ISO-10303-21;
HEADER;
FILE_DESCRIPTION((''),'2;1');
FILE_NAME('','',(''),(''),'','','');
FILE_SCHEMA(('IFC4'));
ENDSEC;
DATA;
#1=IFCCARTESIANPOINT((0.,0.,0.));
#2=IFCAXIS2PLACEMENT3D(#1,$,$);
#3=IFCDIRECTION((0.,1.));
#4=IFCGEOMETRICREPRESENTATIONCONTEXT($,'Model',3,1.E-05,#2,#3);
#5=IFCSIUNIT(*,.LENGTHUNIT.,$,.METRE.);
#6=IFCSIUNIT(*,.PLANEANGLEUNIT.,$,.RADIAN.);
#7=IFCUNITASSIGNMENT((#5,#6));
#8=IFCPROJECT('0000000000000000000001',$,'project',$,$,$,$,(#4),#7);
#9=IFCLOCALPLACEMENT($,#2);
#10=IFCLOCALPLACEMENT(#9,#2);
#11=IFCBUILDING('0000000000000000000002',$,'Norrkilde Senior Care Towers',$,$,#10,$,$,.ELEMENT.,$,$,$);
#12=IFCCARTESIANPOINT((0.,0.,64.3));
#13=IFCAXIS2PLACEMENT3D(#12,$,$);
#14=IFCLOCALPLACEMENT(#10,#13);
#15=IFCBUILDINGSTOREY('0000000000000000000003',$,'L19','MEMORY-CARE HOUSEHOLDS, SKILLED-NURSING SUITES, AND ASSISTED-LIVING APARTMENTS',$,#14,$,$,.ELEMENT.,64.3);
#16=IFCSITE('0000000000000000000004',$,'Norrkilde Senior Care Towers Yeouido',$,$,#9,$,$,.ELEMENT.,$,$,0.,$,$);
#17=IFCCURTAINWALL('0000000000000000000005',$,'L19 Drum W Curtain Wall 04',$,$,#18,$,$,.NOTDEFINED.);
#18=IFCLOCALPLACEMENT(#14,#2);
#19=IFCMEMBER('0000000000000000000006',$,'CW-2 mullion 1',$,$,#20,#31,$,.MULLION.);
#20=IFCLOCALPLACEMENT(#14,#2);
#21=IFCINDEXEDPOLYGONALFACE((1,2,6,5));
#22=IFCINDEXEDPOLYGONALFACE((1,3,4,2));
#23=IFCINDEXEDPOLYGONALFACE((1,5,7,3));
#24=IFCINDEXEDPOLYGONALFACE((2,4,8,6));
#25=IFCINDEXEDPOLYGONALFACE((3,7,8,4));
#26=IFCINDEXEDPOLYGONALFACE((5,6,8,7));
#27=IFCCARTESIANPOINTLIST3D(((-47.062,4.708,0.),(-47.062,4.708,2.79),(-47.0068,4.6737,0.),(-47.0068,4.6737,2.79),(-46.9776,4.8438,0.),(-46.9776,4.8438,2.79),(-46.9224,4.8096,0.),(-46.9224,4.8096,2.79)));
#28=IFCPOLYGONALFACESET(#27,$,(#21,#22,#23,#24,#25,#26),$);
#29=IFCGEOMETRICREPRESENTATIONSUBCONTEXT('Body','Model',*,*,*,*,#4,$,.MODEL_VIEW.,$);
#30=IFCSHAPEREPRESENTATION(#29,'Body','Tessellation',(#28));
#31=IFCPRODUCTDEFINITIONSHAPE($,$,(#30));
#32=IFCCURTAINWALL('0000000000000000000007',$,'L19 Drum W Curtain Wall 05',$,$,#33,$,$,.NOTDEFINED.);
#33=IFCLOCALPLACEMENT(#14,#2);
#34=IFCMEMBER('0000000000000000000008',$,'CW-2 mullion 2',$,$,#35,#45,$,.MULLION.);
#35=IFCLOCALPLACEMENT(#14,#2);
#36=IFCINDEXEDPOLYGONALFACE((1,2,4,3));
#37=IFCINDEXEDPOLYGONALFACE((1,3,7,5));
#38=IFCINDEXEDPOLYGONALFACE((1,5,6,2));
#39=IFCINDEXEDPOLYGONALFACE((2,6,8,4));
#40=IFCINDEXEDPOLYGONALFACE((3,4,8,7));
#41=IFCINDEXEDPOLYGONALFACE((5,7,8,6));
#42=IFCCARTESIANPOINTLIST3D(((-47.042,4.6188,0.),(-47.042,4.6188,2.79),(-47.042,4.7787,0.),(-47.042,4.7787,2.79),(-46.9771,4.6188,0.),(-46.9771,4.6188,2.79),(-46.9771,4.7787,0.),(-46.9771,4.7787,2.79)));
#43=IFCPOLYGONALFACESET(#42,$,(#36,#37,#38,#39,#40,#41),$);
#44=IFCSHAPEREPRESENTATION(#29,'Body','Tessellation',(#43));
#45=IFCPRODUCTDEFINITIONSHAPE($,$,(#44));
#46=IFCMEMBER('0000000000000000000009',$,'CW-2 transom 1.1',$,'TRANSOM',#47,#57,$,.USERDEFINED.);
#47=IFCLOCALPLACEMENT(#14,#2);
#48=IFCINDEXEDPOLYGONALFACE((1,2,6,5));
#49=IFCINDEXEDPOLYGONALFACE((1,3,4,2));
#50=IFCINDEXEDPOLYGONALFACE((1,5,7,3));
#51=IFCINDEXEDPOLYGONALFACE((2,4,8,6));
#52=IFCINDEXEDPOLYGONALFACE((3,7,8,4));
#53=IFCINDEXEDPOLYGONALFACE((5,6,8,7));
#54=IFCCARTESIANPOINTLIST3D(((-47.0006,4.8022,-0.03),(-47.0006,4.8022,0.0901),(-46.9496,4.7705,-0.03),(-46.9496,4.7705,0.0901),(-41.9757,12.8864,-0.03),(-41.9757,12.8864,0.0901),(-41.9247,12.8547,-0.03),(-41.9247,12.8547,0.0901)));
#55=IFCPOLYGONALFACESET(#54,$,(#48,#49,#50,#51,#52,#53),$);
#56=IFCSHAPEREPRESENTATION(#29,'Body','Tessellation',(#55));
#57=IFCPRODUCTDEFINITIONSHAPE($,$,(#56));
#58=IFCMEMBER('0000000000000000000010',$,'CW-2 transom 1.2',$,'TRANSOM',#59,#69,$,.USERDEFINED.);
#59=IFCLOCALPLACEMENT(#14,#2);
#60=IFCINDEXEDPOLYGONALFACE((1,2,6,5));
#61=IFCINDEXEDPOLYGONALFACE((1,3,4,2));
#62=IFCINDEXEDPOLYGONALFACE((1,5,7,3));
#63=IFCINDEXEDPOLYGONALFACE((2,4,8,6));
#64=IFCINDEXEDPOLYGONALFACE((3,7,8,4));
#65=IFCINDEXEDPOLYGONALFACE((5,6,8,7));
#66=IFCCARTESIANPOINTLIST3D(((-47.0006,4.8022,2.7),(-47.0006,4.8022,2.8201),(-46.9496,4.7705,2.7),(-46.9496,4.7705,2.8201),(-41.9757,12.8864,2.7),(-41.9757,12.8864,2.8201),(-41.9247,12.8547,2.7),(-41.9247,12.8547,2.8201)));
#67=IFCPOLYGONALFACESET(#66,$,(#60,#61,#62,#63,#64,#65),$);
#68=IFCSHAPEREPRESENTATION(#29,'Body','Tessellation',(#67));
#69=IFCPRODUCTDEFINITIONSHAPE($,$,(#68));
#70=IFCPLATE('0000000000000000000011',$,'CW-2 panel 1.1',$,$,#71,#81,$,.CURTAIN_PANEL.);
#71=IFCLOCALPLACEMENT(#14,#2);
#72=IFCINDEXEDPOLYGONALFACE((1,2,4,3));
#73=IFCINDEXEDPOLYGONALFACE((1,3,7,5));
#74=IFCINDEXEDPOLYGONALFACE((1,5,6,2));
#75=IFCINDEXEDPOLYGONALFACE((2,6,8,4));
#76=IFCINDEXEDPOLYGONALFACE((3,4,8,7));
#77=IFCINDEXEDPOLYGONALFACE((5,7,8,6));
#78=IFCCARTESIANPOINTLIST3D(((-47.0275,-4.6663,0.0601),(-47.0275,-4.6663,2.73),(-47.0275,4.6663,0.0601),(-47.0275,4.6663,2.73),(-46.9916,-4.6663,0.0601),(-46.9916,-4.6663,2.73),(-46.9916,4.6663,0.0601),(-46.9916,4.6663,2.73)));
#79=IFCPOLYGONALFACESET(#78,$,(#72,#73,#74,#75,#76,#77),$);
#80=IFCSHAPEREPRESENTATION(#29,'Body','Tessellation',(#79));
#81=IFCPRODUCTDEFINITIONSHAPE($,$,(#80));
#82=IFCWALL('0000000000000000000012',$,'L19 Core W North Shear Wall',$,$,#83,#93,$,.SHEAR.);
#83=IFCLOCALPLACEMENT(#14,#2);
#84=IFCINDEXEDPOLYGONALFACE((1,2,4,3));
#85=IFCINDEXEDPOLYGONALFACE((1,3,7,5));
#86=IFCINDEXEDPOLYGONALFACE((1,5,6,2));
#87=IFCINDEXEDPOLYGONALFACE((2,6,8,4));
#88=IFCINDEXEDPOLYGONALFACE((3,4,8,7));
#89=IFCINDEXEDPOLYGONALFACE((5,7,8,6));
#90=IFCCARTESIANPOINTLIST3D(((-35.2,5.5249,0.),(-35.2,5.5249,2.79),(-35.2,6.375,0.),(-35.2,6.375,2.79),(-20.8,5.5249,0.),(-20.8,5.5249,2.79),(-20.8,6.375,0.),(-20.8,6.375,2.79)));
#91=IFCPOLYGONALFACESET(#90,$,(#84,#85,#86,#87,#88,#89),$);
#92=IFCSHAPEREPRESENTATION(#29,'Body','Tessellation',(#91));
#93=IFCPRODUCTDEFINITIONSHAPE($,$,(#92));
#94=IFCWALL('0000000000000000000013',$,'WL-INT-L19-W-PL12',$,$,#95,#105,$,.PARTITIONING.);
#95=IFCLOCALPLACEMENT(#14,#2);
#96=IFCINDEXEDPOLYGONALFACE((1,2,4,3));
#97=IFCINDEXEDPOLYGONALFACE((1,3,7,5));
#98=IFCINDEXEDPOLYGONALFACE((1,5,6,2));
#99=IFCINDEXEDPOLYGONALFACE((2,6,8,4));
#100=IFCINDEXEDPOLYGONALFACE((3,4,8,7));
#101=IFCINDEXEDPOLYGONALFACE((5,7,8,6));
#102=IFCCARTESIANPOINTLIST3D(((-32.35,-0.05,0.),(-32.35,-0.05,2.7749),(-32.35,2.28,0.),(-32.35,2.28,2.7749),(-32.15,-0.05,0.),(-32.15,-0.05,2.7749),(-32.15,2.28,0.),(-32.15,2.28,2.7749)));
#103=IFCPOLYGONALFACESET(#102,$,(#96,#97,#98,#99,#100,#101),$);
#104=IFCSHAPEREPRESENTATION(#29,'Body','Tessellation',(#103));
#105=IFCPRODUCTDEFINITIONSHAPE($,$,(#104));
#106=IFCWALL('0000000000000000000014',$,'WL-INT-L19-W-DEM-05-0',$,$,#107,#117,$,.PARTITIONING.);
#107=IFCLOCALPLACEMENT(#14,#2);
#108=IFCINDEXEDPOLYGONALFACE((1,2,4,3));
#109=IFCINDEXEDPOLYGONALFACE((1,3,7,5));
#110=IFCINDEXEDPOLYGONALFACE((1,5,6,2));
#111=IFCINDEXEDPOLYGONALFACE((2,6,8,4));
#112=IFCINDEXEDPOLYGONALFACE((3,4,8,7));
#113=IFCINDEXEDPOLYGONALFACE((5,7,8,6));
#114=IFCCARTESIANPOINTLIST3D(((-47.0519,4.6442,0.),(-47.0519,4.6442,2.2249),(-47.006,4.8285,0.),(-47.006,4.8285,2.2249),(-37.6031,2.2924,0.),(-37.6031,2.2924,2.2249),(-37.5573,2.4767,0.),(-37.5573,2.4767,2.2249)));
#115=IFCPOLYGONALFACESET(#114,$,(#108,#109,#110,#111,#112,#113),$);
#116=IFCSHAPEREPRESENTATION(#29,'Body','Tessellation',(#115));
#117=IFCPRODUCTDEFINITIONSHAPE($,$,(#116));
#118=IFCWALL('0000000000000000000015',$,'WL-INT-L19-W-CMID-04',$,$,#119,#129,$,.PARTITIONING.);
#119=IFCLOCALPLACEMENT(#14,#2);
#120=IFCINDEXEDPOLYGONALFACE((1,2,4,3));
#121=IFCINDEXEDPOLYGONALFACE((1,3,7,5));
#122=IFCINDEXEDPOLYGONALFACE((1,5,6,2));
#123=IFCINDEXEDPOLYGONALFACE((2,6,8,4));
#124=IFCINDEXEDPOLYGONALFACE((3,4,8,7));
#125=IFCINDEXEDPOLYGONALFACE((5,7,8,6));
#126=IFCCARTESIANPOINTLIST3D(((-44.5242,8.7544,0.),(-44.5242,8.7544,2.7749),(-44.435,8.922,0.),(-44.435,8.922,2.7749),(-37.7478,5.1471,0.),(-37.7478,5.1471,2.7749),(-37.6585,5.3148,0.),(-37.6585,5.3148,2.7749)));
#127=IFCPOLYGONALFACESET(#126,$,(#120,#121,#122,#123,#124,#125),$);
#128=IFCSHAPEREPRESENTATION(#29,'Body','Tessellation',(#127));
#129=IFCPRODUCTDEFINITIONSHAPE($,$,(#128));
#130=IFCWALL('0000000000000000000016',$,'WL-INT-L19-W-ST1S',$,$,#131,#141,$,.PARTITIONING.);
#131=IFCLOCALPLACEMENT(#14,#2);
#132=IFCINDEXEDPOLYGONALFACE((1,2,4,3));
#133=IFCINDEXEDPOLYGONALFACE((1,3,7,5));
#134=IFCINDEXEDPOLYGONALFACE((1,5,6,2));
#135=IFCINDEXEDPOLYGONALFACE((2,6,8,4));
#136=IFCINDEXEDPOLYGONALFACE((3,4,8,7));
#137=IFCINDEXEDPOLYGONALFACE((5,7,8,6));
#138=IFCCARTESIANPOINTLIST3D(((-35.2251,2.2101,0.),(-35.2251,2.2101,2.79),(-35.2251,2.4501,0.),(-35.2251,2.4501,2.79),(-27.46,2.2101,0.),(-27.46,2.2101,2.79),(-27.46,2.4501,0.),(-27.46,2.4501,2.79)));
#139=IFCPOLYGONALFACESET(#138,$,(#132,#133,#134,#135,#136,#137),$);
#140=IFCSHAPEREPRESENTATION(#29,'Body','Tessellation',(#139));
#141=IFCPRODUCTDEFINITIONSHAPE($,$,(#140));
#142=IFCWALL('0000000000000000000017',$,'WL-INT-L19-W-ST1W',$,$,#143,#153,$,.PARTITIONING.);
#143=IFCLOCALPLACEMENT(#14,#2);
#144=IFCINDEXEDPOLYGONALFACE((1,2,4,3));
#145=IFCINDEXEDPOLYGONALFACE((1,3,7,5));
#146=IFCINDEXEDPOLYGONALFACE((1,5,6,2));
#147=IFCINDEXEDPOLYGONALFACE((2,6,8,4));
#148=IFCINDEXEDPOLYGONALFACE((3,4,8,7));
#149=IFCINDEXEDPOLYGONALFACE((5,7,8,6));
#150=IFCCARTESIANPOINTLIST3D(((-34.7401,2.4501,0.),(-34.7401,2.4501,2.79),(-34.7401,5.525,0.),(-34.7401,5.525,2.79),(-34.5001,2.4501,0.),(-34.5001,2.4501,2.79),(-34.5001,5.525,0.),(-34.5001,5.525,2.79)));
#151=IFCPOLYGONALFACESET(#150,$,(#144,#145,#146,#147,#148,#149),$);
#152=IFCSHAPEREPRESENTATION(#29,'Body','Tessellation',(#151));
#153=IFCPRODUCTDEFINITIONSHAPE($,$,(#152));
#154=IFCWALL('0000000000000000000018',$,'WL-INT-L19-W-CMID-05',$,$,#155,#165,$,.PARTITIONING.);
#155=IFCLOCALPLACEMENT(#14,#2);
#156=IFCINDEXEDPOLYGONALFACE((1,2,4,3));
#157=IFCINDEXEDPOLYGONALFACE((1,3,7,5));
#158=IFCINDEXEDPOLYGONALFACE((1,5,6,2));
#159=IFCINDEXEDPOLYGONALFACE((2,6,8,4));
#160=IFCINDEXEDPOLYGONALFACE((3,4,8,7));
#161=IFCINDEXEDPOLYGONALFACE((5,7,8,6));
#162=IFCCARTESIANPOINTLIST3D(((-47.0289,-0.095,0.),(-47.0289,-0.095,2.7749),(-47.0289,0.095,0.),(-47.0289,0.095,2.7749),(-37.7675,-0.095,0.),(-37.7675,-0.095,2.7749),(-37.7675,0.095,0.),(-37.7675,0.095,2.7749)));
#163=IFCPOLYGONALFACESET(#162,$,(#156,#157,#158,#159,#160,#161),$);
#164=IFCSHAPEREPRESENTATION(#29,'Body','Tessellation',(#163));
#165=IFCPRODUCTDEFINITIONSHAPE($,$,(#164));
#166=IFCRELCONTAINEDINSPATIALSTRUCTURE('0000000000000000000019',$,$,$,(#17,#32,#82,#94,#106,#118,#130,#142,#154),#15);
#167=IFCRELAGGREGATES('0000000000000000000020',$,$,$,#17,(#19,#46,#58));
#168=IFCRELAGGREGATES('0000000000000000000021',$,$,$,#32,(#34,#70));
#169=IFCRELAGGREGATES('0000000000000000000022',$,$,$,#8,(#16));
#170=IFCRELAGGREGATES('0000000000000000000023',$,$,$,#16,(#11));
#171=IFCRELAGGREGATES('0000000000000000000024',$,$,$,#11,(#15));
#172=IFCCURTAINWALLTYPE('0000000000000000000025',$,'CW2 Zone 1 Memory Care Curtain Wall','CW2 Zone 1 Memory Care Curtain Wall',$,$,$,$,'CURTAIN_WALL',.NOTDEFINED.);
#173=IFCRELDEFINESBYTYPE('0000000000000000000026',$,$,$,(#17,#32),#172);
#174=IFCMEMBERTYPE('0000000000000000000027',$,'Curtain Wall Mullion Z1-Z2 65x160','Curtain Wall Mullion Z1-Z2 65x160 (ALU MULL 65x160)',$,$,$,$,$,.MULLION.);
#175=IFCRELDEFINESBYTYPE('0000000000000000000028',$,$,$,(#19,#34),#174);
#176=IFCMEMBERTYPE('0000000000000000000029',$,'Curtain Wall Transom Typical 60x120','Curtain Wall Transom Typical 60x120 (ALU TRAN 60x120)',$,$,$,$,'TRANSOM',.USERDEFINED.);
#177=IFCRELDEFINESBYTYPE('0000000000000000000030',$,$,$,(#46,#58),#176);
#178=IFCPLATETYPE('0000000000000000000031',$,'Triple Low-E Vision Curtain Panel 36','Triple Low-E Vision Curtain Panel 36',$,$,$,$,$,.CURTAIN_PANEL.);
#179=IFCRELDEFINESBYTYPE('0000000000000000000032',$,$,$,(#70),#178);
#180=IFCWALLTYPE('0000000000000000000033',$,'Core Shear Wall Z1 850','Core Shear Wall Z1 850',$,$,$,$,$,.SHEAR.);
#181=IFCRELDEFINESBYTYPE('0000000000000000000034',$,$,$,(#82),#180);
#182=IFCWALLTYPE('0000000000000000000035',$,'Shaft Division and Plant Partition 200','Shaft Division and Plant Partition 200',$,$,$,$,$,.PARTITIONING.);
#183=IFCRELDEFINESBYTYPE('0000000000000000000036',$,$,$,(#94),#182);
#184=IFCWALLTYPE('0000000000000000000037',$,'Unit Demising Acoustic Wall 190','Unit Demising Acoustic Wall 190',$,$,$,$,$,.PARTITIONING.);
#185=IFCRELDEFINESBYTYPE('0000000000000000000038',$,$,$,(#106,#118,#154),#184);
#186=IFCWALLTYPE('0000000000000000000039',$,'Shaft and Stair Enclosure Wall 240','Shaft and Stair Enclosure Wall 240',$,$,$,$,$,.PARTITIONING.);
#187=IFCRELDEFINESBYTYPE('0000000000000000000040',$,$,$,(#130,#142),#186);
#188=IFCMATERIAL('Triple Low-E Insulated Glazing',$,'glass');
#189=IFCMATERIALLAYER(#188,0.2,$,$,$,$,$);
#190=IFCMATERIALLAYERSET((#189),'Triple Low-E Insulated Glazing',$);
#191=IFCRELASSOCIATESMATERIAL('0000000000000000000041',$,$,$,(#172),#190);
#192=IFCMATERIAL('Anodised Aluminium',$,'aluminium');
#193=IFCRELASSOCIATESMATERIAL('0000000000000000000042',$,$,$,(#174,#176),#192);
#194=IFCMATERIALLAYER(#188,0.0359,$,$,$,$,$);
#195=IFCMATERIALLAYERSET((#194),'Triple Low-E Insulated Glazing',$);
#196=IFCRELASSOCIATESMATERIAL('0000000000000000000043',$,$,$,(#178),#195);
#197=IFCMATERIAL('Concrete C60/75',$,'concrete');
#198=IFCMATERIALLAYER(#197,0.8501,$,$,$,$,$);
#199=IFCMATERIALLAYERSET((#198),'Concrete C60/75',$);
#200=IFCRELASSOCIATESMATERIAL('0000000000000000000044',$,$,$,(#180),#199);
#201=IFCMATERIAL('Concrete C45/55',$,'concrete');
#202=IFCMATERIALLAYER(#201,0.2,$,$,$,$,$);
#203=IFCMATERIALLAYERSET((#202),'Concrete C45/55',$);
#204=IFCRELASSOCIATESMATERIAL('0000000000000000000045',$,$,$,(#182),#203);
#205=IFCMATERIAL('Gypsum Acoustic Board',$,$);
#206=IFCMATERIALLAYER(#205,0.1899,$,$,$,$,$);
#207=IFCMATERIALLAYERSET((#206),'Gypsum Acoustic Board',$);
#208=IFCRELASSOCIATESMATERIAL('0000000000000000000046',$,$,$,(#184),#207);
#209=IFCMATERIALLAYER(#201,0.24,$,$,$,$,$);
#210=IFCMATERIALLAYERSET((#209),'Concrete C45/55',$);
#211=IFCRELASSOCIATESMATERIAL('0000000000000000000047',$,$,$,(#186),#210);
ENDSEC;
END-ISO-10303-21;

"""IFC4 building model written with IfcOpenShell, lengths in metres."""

from ifc_helpers import new_model, si_unit, direction, frame, frame_2d, origin, origin_2d, place, context, subcontext, project, spatial, rectangle, extrude, source, transform, mapped, material, layer, layer_set, material_profile, profile_set, type_object, type_shapes, element, aggregate, save


model = new_model("IFC4")

# Units and contexts
model_context = context("Model", 3, precision=1e-05, world=origin(), true_north=direction((0.0, 1.0)))
body_context = subcontext(model_context, "Body", "Model", "MODEL_VIEW")
ifc_project = project(units=[si_unit("LENGTHUNIT", "METRE"), si_unit("PLANEANGLEUNIT", "RADIAN")], contexts=[model_context])

# Site, building, storey
site_placement = place(None, origin())
site = spatial("IfcSite", under=ifc_project, at=site_placement, Name="Norrkilde Senior Care Towers Yeouido", CompositionType="ELEMENT", RefElevation=0.0)
building_placement = place(site_placement, origin())
building = spatial("IfcBuilding", under=site, at=building_placement, Name="Norrkilde Senior Care Towers", CompositionType="ELEMENT")
storey_placement = place(building_placement, frame((0.0, 0.0, 64.3)))
storey = spatial("IfcBuildingStorey", under=building, at=storey_placement, Name="L19", Description="MEMORY-CARE HOUSEHOLDS, SKILLED-NURSING SUITES, AND ASSISTED-LIVING APARTMENTS", CompositionType="ELEMENT", Elevation=64.3)

# Shared definitions
ifc_material_1 = material(Name="Concrete C60/75", Category="concrete")

# Curtain walls, members
ifc_material_2 = material(Name="Triple Low-E Insulated Glazing", Category="glass")
ifc_layer_1 = layer(ifc_material_2, 0.2)
ifc_layer_set_1 = layer_set([ifc_layer_1], Name="Triple Low-E Insulated Glazing")
curtain_wall_type = type_object("IfcCurtainWallType", Name="CW2 Zone 1 Memory Care Curtain Wall", Description="CW2 Zone 1 Memory Care Curtain Wall", ElementType="CURTAIN_WALL", PredefinedType="NOTDEFINED", material=ifc_layer_set_1)
curtain_wall_1_placement = place(storey_placement, origin())
curtain_wall_1 = element("IfcCurtainWall", 1, at=curtain_wall_1_placement, inside=storey, type_object=curtain_wall_type, Name="L19 Drum W Curtain Wall 04", PredefinedType="NOTDEFINED")
ifc_material_3 = material(Name="Anodised Aluminium", Category="aluminium")
ifc_material_profile_1 = material_profile(ifc_material_3, rectangle(XDim=0.0649, YDim=0.1599, at=origin_2d()), Name="ALU MULL 65x160")
ifc_profile_set_1 = profile_set([ifc_material_profile_1], Name="Anodised Aluminium")
member_type_1 = type_object("IfcMemberType", Name="Curtain Wall Mullion Z1-Z2 65x160", Description="Curtain Wall Mullion Z1-Z2 65x160 (ALU MULL 65x160)", PredefinedType="MULLION", material=ifc_profile_set_1)
shared_shape_1 = source(origin(), body_context, "Body", "SweptSolid", [
    extrude(rectangle(XDim=0.0649, YDim=0.1599, at=origin_2d()), origin(), (0.0, 0.0, 1.0), 2.79),
])
type_shapes(member_type_1, [shared_shape_1])
member_1_placement = place(storey_placement, frame((-46.9922, 4.7588, 0.0), z_axis=(0.0, 0.0, 1.0), x_axis=(-0.849306, 0.527901, 0.0)))
member_1 = element("IfcMember", 2, at=member_1_placement, type_object=member_type_1, Name="CW-2 mullion 1", PredefinedType="MULLION", context=body_context, shape_type="MappedRepresentation", body=[
    mapped(shared_shape_1, transform((0.0, 0.0, 0.0), x_axis=(1.0, 0.0, 0.0), y_axis=(0.0, 1.0, 0.0), z_axis=(0.0, 0.0, 1.0), scale=1.0)),
])
curtain_wall_2_placement = place(storey_placement, origin())
curtain_wall_2 = element("IfcCurtainWall", 3, at=curtain_wall_2_placement, inside=storey, type_object=curtain_wall_type, Name="L19 Drum W Curtain Wall 05", PredefinedType="NOTDEFINED")
member_2_placement = place(storey_placement, frame((-47.0095, 4.6987, 0.0), z_axis=(0.0, 0.0, 1.0), x_axis=(-1.0, 0.0, 0.0)))
member_2 = element("IfcMember", 4, at=member_2_placement, type_object=member_type_1, Name="CW-2 mullion 2", PredefinedType="MULLION", context=body_context, shape_type="MappedRepresentation", body=[
    mapped(shared_shape_1, transform((0.0, 0.0, 0.0), x_axis=(1.0, 0.0, 0.0), y_axis=(0.0, 1.0, 0.0), z_axis=(0.0, 0.0, 1.0), scale=1.0)),
])

# Members
ifc_material_profile_2 = material_profile(ifc_material_3, rectangle(XDim=0.0601, YDim=0.1201, at=origin_2d()), Name="ALU TRAN 60x120")
ifc_profile_set_2 = profile_set([ifc_material_profile_2], Name="Anodised Aluminium")
member_type_2 = type_object("IfcMemberType", Name="Curtain Wall Transom Typical 60x120", Description="Curtain Wall Transom Typical 60x120 (ALU TRAN 60x120)", ElementType="TRANSOM", PredefinedType="USERDEFINED", material=ifc_profile_set_2)
shared_shape_2 = source(origin(), body_context, "Body", "SweptSolid", [
    extrude(rectangle(XDim=0.0601, YDim=0.1201, at=origin_2d()), origin(), (0.0, 0.0, 1.0), 9.5186),
])
type_shapes(member_type_2, [shared_shape_2])
member_3_placement = place(storey_placement, frame((-46.9751, 4.7864, 0.03), z_axis=(0.527902, 0.849306, 0.0), x_axis=(-0.849306, 0.527902, 0.0)))
member_3 = element("IfcMember", 5, at=member_3_placement, type_object=member_type_2, Name="CW-2 transom 1.1", ObjectType="TRANSOM", PredefinedType="USERDEFINED", context=body_context, shape_type="MappedRepresentation", body=[
    mapped(shared_shape_2, transform((0.0, 0.0, 0.0), x_axis=(1.0, 0.0, 0.0), y_axis=(0.0, 1.0, 0.0), z_axis=(0.0, 0.0, 1.0), scale=1.0)),
])
member_4_placement = place(storey_placement, frame((-46.9751, 4.7864, 2.76), z_axis=(0.527902, 0.849306, 0.0), x_axis=(-0.849306, 0.527902, 0.0)))
member_4 = element("IfcMember", 6, at=member_4_placement, type_object=member_type_2, Name="CW-2 transom 1.2", ObjectType="TRANSOM", PredefinedType="USERDEFINED", context=body_context, shape_type="MappedRepresentation", body=[
    mapped(shared_shape_2, transform((0.0, 0.0, 0.0), x_axis=(1.0, 0.0, 0.0), y_axis=(0.0, 1.0, 0.0), z_axis=(0.0, 0.0, 1.0), scale=1.0)),
])
aggregate(curtain_wall_1, [member_1, member_3, member_4])

# Plate
ifc_layer_2 = layer(ifc_material_2, 0.0359)
ifc_layer_set_2 = layer_set([ifc_layer_2], Name="Triple Low-E Insulated Glazing")
plate_type = type_object("IfcPlateType", Name="Triple Low-E Vision Curtain Panel 36", Description="Triple Low-E Vision Curtain Panel 36", PredefinedType="CURTAIN_PANEL", material=ifc_layer_set_2)
shared_shape_3 = source(origin(), body_context, "Body", "SweptSolid", [
    extrude(rectangle(XDim=9.3325, YDim=0.0359, at=origin_2d()), origin(), (0.0, 0.0, 1.0), 2.6699),
])
type_shapes(plate_type, [shared_shape_3])
plate_placement = place(storey_placement, frame((-47.0095, 0.0, 0.0601), z_axis=(0.0, 0.0, 1.0), x_axis=(0.0, 1.0, 0.0)))
plate = element("IfcPlate", 7, at=plate_placement, type_object=plate_type, Name="CW-2 panel 1.1", PredefinedType="CURTAIN_PANEL", context=body_context, shape_type="MappedRepresentation", body=[
    mapped(shared_shape_3, transform((0.0, 0.0, 0.0), x_axis=(1.0, 0.0, 0.0), y_axis=(0.0, 1.0, 0.0), z_axis=(0.0, 0.0, 1.0), scale=1.0)),
])
aggregate(curtain_wall_2, [member_2, plate])

# Walls
ifc_layer_3 = layer(ifc_material_1, 0.8501)
ifc_layer_set_3 = layer_set([ifc_layer_3], Name="Concrete C60/75")
wall_type_1 = type_object("IfcWallType", Name="Core Shear Wall Z1 850", Description="Core Shear Wall Z1 850", PredefinedType="SHEAR", material=ifc_layer_set_3)
shared_shape_4 = source(origin(), body_context, "Body", "SweptSolid", [
    extrude(rectangle(XDim=14.3999, YDim=0.8501, at=frame_2d((7.2, 0.0))), origin(), (0.0, 0.0, 1.0), 2.79),
])
type_shapes(wall_type_1, [shared_shape_4])
wall_1_placement = place(storey_placement, frame((-35.2, 5.95, 0.0), z_axis=(0.0, 0.0, 1.0), x_axis=(1.0, 0.0, 0.0)))
element("IfcWall", 8, at=wall_1_placement, inside=storey, type_object=wall_type_1, Name="L19 Core W North Shear Wall", PredefinedType="SHEAR", context=body_context, shape_type="MappedRepresentation", body=[
    mapped(shared_shape_4, transform((0.0, 0.0, 0.0), x_axis=(1.0, 0.0, 0.0), y_axis=(0.0, 1.0, 0.0), z_axis=(0.0, 0.0, 1.0), scale=1.0)),
])
ifc_material_4 = material(Name="Concrete C45/55", Category="concrete")
ifc_layer_4 = layer(ifc_material_4, 0.2)
ifc_layer_set_4 = layer_set([ifc_layer_4], Name="Concrete C45/55")
wall_type_2 = type_object("IfcWallType", Name="Shaft Division and Plant Partition 200", Description="Shaft Division and Plant Partition 200", PredefinedType="PARTITIONING", material=ifc_layer_set_4)
shared_shape_5 = source(origin(), body_context, "Body", "SweptSolid", [
    extrude(rectangle(XDim=2.3301, YDim=0.2, at=frame_2d((1.165, 0.0))), origin(), (0.0, 0.0, 1.0), 2.7749),
])
type_shapes(wall_type_2, [shared_shape_5])
wall_2_placement = place(storey_placement, frame((-32.25, -0.05, 0.0), z_axis=(0.0, 0.0, 1.0), x_axis=(0.0, 1.0, 0.0)))
element("IfcWall", 9, at=wall_2_placement, inside=storey, type_object=wall_type_2, Name="WL-INT-L19-W-PL12", PredefinedType="PARTITIONING", context=body_context, shape_type="MappedRepresentation", body=[
    mapped(shared_shape_5, transform((0.0, 0.0, 0.0), x_axis=(1.0, 0.0, 0.0), y_axis=(0.0, 1.0, 0.0), z_axis=(0.0, 0.0, 1.0), scale=1.0)),
])
ifc_material_5 = material(Name="Gypsum Acoustic Board")
ifc_layer_5 = layer(ifc_material_5, 0.1899)
ifc_layer_set_5 = layer_set([ifc_layer_5], Name="Gypsum Acoustic Board")
wall_type_3 = type_object("IfcWallType", Name="Unit Demising Acoustic Wall 190", Description="Unit Demising Acoustic Wall 190", PredefinedType="PARTITIONING", material=ifc_layer_set_5)
shared_shape_6 = source(origin(), body_context, "Body", "SweptSolid", [
    extrude(rectangle(XDim=9.7371, YDim=0.1899, at=frame_2d((4.8687, 0.0))), origin(), (0.0, 0.0, 1.0), 2.2249),
])
wall_3_placement = place(storey_placement, frame((-37.5801, 2.3845, 0.0), z_axis=(0.0, 0.0, 1.0), x_axis=(-0.970393, 0.241533, 0.0)))
element("IfcWall", 10, at=wall_3_placement, inside=storey, type_object=wall_type_3, Name="WL-INT-L19-W-DEM-05-0", PredefinedType="PARTITIONING", context=body_context, shape_type="MappedRepresentation", body=[
    mapped(shared_shape_6, transform((0.0, 0.0, 0.0), x_axis=(1.0, 0.0, 0.0), y_axis=(0.0, 1.0, 0.0), z_axis=(0.0, 0.0, 1.0), scale=1.0)),
])
shared_shape_7 = source(origin(), body_context, "Body", "SweptSolid", [
    extrude(rectangle(XDim=7.6768, YDim=0.1899, at=frame_2d((3.8384, 0.0))), origin(), (0.0, 0.0, 1.0), 2.7749),
])
wall_4_placement = place(storey_placement, frame((-37.7031, 5.231, 0.0), z_axis=(0.0, 0.0, 1.0), x_axis=(-0.882725, 0.46989, 0.0)))
element("IfcWall", 11, at=wall_4_placement, inside=storey, type_object=wall_type_3, Name="WL-INT-L19-W-CMID-04", PredefinedType="PARTITIONING", context=body_context, shape_type="MappedRepresentation", body=[
    mapped(shared_shape_7, transform((0.0, 0.0, 0.0), x_axis=(1.0, 0.0, 0.0), y_axis=(0.0, 1.0, 0.0), z_axis=(0.0, 0.0, 1.0), scale=1.0)),
])
ifc_layer_6 = layer(ifc_material_4, 0.24)
ifc_layer_set_6 = layer_set([ifc_layer_6], Name="Concrete C45/55")
wall_type_4 = type_object("IfcWallType", Name="Shaft and Stair Enclosure Wall 240", Description="Shaft and Stair Enclosure Wall 240", PredefinedType="PARTITIONING", material=ifc_layer_set_6)
shared_shape_8 = source(origin(), body_context, "Body", "SweptSolid", [
    extrude(rectangle(XDim=7.7651, YDim=0.24, at=frame_2d((3.8826, 0.0))), origin(), (0.0, 0.0, 1.0), 2.79),
])
wall_5_placement = place(storey_placement, frame((-35.2251, 2.3301, 0.0), z_axis=(0.0, 0.0, 1.0), x_axis=(1.0, 0.0, 0.0)))
element("IfcWall", 12, at=wall_5_placement, inside=storey, type_object=wall_type_4, Name="WL-INT-L19-W-ST1S", PredefinedType="PARTITIONING", context=body_context, shape_type="MappedRepresentation", body=[
    mapped(shared_shape_8, transform((0.0, 0.0, 0.0), x_axis=(1.0, 0.0, 0.0), y_axis=(0.0, 1.0, 0.0), z_axis=(0.0, 0.0, 1.0), scale=1.0)),
])
shared_shape_9 = source(origin(), body_context, "Body", "SweptSolid", [
    extrude(rectangle(XDim=3.075, YDim=0.24, at=frame_2d((1.5376, 0.0))), origin(), (0.0, 0.0, 1.0), 2.79),
])
type_shapes(wall_type_4, [shared_shape_8, shared_shape_9])
wall_6_placement = place(storey_placement, frame((-34.6201, 2.45, 0.0), z_axis=(0.0, 0.0, 1.0), x_axis=(0.0, 1.0, 0.0)))
element("IfcWall", 13, at=wall_6_placement, inside=storey, type_object=wall_type_4, Name="WL-INT-L19-W-ST1W", PredefinedType="PARTITIONING", context=body_context, shape_type="MappedRepresentation", body=[
    mapped(shared_shape_9, transform((0.0, 0.0, 0.0), x_axis=(1.0, 0.0, 0.0), y_axis=(0.0, 1.0, 0.0), z_axis=(0.0, 0.0, 1.0), scale=1.0)),
])
shared_shape_10 = source(origin(), body_context, "Body", "SweptSolid", [
    extrude(rectangle(XDim=9.2615, YDim=0.1899, at=frame_2d((4.6309, 0.0))), origin(), (0.0, 0.0, 1.0), 2.7749),
])
type_shapes(wall_type_3, [shared_shape_6, shared_shape_7, shared_shape_10])
wall_7_placement = place(storey_placement, frame((-37.7673, 0.0, 0.0), z_axis=(0.0, 0.0, 1.0), x_axis=(-1.0, 0.0, 0.0)))
element("IfcWall", 14, at=wall_7_placement, inside=storey, type_object=wall_type_3, Name="WL-INT-L19-W-CMID-05", PredefinedType="PARTITIONING", context=body_context, shape_type="MappedRepresentation", body=[
    mapped(shared_shape_10, transform((0.0, 0.0, 0.0), x_axis=(1.0, 0.0, 0.0), y_axis=(0.0, 1.0, 0.0), z_axis=(0.0, 0.0, 1.0), scale=1.0)),
])

save(model, "model.ifc")
